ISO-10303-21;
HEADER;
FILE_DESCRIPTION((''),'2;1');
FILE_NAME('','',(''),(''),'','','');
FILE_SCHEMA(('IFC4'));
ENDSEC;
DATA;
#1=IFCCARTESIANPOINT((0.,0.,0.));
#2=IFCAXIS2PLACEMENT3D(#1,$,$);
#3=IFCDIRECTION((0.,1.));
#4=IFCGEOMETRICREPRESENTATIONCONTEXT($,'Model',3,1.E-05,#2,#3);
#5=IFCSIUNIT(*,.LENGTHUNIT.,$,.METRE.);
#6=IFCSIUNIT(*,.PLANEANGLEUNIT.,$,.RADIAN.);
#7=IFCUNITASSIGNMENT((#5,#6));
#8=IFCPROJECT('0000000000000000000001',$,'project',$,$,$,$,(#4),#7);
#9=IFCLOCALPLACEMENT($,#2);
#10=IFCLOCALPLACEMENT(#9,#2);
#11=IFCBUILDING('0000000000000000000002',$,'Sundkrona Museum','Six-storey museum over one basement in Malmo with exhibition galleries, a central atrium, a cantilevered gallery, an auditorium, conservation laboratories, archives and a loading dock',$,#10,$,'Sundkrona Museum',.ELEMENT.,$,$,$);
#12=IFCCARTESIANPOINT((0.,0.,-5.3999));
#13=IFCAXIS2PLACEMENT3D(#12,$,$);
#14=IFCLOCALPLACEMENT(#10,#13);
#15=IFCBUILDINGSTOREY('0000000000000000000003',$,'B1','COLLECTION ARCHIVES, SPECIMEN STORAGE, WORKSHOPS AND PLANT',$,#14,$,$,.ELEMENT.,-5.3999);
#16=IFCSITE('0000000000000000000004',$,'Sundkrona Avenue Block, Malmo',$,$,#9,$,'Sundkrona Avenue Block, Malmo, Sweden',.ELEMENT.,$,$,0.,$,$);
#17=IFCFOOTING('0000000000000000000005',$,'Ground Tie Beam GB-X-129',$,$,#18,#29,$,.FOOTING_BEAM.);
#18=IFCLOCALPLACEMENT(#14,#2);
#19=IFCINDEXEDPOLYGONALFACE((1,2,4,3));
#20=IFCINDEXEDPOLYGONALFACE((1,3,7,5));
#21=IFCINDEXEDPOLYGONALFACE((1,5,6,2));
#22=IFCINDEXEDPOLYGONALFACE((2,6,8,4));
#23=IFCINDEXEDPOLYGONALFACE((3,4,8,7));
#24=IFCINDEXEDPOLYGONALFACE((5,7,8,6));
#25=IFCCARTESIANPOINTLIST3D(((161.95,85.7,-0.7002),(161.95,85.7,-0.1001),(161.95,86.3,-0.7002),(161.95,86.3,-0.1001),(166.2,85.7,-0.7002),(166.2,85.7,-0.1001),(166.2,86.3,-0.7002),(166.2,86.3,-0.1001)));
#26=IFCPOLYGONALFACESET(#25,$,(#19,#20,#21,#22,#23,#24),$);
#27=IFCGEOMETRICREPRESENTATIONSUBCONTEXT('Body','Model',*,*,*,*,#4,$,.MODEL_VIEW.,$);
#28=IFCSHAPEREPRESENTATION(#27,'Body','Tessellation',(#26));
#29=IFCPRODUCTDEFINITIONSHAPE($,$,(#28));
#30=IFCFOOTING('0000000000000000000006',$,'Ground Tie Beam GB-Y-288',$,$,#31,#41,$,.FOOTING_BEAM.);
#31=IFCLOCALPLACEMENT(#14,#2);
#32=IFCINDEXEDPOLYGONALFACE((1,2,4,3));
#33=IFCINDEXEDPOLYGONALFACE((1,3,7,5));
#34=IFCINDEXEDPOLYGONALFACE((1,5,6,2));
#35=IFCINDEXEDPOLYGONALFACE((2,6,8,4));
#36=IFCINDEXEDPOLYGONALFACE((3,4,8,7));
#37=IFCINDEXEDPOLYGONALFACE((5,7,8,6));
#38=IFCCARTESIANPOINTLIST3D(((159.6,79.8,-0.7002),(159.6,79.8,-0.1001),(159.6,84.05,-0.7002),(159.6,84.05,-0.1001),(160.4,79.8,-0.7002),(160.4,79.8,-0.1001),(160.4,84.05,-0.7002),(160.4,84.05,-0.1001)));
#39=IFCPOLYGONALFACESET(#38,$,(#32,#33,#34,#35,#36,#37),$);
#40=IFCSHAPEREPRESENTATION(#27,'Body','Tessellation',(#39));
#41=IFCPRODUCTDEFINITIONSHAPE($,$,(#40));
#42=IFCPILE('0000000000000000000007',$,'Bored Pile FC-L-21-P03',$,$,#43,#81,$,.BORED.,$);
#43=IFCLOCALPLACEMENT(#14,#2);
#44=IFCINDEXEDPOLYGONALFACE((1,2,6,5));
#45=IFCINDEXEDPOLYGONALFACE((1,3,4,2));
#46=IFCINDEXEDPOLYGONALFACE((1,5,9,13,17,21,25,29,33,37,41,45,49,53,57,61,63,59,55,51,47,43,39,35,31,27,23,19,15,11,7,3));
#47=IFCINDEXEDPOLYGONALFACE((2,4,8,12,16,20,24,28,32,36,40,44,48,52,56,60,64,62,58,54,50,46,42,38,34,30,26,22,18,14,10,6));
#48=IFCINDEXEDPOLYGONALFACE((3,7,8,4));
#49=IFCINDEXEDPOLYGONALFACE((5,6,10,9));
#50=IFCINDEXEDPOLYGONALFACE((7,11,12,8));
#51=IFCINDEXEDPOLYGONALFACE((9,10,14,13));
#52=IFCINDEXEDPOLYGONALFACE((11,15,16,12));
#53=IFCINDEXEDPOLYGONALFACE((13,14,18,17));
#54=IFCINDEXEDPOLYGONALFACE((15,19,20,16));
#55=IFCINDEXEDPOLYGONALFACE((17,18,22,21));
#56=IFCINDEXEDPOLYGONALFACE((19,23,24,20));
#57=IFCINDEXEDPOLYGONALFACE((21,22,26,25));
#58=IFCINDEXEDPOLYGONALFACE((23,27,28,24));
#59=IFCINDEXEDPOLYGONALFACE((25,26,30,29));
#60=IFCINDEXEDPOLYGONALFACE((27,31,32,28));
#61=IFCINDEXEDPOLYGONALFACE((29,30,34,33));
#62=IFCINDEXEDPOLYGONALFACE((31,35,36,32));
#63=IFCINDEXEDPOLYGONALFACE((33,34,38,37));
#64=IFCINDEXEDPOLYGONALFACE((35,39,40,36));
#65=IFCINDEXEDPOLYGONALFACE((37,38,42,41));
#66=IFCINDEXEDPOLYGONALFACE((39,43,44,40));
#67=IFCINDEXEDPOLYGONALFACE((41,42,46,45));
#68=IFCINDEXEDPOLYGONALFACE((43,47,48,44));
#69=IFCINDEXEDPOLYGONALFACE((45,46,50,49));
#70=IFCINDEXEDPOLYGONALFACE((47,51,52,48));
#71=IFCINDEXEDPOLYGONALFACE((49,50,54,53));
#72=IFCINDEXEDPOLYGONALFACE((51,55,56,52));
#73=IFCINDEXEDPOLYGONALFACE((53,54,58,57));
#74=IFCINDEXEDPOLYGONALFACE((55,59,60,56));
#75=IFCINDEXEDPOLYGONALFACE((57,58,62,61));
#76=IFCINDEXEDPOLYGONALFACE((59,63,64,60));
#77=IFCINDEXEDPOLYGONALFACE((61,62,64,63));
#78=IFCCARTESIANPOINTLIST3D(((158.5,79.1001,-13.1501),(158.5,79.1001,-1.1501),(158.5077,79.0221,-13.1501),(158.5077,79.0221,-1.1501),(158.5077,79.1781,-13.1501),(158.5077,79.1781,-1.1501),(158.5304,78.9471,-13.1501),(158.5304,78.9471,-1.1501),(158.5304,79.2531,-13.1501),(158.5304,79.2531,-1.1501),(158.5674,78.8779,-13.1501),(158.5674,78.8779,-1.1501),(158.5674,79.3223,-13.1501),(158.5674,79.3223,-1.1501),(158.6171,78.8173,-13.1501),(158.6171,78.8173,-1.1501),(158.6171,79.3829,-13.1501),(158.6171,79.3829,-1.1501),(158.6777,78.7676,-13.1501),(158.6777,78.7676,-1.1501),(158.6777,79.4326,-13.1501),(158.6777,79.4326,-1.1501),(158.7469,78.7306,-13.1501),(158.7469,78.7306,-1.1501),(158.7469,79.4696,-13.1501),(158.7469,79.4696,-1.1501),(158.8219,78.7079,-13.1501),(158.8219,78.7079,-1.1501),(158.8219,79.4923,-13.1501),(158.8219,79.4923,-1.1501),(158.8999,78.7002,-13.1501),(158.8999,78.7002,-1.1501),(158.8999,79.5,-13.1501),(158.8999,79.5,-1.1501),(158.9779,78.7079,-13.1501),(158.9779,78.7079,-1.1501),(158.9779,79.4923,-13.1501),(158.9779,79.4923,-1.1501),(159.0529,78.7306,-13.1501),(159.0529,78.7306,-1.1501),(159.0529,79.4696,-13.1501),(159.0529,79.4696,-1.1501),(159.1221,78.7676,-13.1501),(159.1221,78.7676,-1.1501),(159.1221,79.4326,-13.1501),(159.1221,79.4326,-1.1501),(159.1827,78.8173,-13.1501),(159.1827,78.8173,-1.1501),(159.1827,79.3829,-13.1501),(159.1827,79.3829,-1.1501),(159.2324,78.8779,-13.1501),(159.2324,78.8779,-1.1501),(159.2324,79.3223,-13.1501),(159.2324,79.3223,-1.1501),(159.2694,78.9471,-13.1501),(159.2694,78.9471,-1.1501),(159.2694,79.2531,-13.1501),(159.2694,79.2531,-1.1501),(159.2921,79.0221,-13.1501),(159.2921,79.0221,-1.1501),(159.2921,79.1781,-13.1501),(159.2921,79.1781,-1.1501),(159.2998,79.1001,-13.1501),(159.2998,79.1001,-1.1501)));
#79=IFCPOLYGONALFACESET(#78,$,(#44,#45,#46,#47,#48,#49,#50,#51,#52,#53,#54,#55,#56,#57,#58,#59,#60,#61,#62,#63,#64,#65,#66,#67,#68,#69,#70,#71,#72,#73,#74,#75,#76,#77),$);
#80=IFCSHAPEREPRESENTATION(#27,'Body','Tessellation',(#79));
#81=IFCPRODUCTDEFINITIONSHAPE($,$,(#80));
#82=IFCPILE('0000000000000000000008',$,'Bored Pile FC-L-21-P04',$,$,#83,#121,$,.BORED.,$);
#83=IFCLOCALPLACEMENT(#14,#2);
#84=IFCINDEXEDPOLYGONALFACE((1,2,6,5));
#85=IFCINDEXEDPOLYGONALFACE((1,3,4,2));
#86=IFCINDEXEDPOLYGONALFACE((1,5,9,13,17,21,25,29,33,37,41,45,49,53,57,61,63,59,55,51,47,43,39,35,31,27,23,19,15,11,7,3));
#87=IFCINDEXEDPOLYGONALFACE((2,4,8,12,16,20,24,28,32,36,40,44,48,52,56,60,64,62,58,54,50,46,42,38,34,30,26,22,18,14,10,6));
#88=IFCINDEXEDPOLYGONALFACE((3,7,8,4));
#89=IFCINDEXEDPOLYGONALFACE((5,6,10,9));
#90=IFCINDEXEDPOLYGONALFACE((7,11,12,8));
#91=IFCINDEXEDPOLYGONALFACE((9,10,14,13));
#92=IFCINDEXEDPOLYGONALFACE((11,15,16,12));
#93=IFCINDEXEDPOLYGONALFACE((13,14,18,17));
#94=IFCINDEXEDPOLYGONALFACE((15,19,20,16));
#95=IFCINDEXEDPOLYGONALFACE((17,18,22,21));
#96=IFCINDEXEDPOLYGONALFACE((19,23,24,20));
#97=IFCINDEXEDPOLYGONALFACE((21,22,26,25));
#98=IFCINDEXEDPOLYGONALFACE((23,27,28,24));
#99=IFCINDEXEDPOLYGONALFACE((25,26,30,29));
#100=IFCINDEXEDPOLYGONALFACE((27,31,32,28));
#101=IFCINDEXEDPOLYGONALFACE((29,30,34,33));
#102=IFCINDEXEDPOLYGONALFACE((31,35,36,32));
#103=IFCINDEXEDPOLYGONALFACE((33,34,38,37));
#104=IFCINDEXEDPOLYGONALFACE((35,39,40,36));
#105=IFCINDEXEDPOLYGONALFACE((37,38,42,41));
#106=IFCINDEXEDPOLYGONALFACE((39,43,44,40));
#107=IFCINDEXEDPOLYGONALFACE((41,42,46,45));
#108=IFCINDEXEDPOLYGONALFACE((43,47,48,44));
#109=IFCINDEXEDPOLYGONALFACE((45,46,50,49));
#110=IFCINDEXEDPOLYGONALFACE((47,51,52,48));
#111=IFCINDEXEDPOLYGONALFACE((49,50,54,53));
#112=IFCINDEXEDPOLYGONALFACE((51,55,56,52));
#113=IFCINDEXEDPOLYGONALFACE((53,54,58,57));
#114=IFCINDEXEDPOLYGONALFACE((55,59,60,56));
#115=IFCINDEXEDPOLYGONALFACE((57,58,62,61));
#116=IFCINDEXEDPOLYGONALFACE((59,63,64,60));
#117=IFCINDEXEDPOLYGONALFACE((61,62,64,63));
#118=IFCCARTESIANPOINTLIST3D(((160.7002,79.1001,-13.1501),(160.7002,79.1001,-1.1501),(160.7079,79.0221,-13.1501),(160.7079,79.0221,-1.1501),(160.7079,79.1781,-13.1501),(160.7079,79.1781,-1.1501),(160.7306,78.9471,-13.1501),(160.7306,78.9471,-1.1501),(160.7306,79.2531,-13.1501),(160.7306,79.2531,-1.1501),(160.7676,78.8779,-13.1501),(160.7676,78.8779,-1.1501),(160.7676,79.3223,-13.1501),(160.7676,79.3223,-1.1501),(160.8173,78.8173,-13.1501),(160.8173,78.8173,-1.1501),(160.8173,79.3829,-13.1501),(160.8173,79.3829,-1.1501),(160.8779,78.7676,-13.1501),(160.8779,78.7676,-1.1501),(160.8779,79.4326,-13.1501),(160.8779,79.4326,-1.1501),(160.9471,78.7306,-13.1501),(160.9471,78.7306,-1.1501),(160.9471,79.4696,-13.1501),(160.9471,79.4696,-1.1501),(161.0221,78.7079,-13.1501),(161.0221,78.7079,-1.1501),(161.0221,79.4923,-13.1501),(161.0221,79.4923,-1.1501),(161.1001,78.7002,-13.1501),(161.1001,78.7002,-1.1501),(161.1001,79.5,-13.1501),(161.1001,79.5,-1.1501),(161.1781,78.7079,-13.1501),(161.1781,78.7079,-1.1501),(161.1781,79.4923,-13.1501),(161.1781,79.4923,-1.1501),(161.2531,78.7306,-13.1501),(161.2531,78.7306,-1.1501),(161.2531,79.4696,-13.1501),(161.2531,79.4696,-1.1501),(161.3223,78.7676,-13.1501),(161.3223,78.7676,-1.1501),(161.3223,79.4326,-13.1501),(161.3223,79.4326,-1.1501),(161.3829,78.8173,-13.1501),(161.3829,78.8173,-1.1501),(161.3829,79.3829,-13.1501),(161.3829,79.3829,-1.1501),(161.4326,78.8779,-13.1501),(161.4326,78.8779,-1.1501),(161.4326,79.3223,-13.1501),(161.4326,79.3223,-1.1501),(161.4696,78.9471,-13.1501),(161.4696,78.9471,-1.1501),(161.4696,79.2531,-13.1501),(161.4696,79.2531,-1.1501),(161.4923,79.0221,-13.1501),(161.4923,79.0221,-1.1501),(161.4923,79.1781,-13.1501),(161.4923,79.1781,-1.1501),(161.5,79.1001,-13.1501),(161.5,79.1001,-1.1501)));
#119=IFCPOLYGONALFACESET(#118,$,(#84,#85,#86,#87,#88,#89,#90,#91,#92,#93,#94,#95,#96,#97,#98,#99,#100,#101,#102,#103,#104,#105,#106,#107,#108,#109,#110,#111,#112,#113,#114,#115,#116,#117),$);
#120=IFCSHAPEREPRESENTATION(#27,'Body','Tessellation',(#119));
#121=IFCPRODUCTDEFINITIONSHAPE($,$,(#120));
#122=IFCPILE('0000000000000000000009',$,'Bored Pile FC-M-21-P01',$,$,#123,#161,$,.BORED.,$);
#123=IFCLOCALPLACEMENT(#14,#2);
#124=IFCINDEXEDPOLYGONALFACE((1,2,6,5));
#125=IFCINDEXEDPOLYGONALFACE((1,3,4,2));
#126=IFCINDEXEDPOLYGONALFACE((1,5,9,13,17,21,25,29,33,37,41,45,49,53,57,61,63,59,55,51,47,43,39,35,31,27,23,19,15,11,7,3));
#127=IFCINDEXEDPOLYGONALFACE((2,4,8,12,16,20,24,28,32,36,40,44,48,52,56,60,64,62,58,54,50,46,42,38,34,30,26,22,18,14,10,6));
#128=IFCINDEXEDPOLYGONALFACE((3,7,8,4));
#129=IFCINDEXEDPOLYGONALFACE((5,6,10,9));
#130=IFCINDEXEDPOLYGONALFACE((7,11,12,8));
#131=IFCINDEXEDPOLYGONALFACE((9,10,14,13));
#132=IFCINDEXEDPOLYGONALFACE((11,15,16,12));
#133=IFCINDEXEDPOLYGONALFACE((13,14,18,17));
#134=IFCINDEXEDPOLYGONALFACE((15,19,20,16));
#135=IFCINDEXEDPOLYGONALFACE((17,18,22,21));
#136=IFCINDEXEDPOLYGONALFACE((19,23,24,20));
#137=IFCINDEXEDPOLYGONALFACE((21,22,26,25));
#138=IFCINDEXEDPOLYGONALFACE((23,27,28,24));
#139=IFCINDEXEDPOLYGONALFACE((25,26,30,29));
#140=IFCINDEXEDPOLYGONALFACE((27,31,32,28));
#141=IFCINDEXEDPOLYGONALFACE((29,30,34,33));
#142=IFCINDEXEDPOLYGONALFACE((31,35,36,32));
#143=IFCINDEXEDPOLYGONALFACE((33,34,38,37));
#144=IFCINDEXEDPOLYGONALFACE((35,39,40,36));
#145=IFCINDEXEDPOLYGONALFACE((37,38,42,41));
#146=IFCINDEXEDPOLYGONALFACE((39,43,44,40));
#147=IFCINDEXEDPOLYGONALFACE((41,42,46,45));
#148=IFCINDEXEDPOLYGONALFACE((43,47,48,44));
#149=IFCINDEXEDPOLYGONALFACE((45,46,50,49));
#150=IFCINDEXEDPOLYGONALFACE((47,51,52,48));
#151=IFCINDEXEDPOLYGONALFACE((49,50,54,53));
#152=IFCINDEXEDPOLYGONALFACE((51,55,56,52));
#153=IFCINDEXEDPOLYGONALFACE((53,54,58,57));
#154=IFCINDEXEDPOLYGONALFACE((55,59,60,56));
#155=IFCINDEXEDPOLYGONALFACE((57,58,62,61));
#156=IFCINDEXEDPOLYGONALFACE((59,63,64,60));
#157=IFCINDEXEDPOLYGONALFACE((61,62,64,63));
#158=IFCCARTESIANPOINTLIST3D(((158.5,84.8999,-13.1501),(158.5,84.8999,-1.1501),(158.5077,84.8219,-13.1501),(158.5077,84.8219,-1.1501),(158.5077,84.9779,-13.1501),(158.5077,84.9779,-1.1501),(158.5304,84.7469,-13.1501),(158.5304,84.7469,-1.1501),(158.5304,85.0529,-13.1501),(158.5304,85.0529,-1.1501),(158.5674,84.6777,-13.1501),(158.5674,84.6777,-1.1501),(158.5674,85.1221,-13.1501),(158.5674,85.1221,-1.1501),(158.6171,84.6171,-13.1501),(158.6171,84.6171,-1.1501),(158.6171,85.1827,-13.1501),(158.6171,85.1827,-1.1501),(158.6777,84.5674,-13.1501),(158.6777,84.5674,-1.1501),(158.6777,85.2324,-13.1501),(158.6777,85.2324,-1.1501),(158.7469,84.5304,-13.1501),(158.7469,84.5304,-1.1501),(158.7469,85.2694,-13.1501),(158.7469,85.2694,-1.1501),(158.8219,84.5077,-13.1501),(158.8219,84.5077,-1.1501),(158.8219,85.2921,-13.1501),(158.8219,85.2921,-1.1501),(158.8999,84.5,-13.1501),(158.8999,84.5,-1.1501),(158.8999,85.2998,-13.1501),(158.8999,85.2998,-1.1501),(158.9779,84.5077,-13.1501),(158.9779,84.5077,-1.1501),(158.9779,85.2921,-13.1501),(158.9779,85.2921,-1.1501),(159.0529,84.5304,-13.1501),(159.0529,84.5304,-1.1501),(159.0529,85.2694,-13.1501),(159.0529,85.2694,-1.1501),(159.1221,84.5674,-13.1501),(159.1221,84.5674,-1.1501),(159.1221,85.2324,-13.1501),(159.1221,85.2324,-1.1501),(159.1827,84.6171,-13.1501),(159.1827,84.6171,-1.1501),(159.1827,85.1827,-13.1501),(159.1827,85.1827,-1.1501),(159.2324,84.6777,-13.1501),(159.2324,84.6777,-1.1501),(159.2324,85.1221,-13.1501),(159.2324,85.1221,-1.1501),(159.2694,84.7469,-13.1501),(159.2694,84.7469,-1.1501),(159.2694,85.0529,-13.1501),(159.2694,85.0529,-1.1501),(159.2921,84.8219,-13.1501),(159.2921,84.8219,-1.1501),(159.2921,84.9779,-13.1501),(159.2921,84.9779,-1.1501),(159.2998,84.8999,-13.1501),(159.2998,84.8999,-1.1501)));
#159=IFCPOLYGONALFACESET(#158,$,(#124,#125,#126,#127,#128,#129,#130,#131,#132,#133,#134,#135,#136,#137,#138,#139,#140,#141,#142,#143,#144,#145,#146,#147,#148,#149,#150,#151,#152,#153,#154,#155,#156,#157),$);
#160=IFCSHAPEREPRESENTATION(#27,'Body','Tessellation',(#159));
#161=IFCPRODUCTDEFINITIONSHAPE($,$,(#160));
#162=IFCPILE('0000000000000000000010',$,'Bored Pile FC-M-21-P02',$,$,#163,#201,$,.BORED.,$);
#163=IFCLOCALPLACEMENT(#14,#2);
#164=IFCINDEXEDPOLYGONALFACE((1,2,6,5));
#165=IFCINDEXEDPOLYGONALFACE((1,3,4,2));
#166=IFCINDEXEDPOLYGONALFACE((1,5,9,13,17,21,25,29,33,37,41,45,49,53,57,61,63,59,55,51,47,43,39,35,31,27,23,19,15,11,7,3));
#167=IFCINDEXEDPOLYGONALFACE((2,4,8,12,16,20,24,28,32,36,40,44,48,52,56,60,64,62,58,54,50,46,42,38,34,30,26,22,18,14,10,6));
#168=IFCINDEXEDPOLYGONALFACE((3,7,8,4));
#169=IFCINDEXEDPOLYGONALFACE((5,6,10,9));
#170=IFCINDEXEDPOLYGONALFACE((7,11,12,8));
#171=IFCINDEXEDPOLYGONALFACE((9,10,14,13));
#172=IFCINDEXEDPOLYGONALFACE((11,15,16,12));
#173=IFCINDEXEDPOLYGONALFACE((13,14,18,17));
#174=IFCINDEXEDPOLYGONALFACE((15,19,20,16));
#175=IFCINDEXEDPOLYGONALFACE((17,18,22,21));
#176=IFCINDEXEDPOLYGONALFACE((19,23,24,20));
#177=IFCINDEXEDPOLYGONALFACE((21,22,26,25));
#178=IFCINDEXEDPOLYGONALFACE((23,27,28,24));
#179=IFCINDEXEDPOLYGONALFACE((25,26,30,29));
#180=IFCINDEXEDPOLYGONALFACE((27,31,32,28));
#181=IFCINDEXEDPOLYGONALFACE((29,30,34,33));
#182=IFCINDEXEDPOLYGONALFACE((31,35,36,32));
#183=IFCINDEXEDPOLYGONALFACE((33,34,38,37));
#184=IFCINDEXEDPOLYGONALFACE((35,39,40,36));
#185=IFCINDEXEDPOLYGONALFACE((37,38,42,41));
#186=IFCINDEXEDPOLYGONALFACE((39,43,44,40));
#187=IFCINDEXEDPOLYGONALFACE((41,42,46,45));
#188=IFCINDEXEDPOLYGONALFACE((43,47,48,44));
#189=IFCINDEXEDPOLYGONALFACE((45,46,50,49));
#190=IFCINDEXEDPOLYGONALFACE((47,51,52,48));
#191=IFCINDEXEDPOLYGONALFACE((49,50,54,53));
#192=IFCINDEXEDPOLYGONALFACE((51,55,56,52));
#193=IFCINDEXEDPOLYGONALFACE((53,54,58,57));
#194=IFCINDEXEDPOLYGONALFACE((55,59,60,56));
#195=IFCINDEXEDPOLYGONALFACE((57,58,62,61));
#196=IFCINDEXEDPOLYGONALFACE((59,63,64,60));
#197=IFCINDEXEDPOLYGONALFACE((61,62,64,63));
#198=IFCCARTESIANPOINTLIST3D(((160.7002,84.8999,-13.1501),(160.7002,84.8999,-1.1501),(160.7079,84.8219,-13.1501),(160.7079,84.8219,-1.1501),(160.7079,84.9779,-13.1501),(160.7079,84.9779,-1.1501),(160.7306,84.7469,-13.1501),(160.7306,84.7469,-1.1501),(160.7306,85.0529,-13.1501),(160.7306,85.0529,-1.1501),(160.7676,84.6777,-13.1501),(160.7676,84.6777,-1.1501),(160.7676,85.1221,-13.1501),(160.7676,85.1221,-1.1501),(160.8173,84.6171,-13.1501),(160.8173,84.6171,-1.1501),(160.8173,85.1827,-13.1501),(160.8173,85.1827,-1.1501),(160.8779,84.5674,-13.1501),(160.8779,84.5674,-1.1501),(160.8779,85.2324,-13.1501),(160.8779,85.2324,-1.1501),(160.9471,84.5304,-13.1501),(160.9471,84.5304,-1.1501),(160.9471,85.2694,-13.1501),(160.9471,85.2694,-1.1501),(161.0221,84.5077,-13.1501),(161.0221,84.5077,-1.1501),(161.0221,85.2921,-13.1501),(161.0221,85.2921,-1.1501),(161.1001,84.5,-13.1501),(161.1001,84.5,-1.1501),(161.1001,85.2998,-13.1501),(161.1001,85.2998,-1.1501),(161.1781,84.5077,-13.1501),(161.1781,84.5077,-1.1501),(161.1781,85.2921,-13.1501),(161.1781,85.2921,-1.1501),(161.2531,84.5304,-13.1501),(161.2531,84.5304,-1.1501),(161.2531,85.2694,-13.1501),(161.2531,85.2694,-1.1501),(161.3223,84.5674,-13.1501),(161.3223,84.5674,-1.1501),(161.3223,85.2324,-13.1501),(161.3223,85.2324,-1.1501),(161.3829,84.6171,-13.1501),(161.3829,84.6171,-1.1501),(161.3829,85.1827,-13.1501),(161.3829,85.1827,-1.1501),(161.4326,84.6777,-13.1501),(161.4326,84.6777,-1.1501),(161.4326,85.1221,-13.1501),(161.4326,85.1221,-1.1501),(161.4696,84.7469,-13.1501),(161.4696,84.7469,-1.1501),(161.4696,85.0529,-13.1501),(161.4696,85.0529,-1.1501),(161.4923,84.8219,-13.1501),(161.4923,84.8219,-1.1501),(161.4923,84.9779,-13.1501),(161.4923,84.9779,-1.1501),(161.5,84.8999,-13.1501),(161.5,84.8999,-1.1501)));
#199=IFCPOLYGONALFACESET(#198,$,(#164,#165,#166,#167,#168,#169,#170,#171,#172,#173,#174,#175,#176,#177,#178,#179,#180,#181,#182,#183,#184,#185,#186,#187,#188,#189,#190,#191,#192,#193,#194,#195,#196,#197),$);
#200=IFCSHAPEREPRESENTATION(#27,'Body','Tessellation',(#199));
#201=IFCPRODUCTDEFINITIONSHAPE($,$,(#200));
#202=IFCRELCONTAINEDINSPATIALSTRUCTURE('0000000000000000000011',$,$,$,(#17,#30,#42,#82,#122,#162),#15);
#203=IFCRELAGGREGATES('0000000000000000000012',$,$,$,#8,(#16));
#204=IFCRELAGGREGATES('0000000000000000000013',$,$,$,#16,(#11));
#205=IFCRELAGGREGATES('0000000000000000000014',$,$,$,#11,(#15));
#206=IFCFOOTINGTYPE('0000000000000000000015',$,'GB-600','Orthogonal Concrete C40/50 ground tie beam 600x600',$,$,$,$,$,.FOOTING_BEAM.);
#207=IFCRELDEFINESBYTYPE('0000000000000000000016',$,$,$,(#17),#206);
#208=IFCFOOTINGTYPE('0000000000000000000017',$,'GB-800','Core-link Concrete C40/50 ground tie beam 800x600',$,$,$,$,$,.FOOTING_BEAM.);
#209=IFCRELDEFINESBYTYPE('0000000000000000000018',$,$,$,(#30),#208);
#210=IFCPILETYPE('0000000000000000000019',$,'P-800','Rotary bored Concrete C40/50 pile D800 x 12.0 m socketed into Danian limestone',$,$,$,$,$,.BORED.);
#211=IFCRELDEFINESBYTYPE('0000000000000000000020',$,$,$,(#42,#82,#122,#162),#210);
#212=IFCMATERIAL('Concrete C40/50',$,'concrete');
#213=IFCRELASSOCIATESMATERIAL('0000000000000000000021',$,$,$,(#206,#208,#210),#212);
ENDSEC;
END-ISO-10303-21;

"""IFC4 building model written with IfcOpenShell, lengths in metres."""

from ifc_helpers import new_model, si_unit, direction, frame, origin, origin_2d, place, context, subcontext, project, spatial, rectangle, circle, extrude, material, material_profile, profile_set, type_object, element, save


model = new_model("IFC4")

# Units and contexts
model_context = context("Model", 3, precision=1e-05, world=origin(), true_north=direction((0.0, 1.0)))
body_context = subcontext(model_context, "Body", "Model", "MODEL_VIEW")
ifc_project = project(units=[si_unit("LENGTHUNIT", "METRE"), si_unit("PLANEANGLEUNIT", "RADIAN")], contexts=[model_context])

# Site, building, storey
site_placement = place(None, origin())
site = spatial("IfcSite", under=ifc_project, at=site_placement, Name="Sundkrona Avenue Block, Malmo", LongName="Sundkrona Avenue Block, Malmo, Sweden", CompositionType="ELEMENT", RefElevation=0.0)
building_placement = place(site_placement, origin())
building = spatial("IfcBuilding", under=site, at=building_placement, Name="Sundkrona Museum", Description="Six-storey museum over one basement in Malmo with exhibition galleries, a central atrium, a cantilevered gallery, an auditorium, conservation laboratories, archives and a loading dock", LongName="Sundkrona Museum", CompositionType="ELEMENT")
storey_placement = place(building_placement, frame((0.0, 0.0, -5.3999)))
storey = spatial("IfcBuildingStorey", under=building, at=storey_placement, Name="B1", Description="COLLECTION ARCHIVES, SPECIMEN STORAGE, WORKSHOPS AND PLANT", CompositionType="ELEMENT", Elevation=-5.3999)

# Footings
ifc_material_1 = material(Name="Concrete C40/50", Category="concrete")
footing_type_1 = type_object("IfcFootingType", Name="GB-600", Description="Orthogonal Concrete C40/50 ground tie beam 600x600", PredefinedType="FOOTING_BEAM", material=ifc_material_1)
footing_1_placement = place(storey_placement, frame((164.075, 86.0, -0.7002), z_axis=(0.0, 0.0, 1.0), x_axis=(1.0, 0.0, 0.0)))
element("IfcFooting", 1, at=footing_1_placement, inside=storey, type_object=footing_type_1, Name="Ground Tie Beam GB-X-129", PredefinedType="FOOTING_BEAM", context=body_context, shape_type="SweptSolid", body=[
    extrude(rectangle(XDim=4.25, YDim=0.6001, at=origin_2d()), origin(), (0.0, 0.0, 1.0), 0.6001),
])
footing_type_2 = type_object("IfcFootingType", Name="GB-800", Description="Core-link Concrete C40/50 ground tie beam 800x600", PredefinedType="FOOTING_BEAM", material=ifc_material_1)
footing_2_placement = place(storey_placement, frame((160.0, 81.925, -0.7002), z_axis=(0.0, 0.0, 1.0), x_axis=(0.0, 1.0, 0.0)))
element("IfcFooting", 2, at=footing_2_placement, inside=storey, type_object=footing_type_2, Name="Ground Tie Beam GB-Y-288", PredefinedType="FOOTING_BEAM", context=body_context, shape_type="SweptSolid", body=[
    extrude(rectangle(XDim=4.25, YDim=0.8, at=origin_2d()), origin(), (0.0, 0.0, 1.0), 0.6001),
])

# Piles
ifc_material_profile_1 = material_profile(ifc_material_1, circle(Radius=0.3999, at=origin_2d()), Name="PILE D800")
ifc_profile_set_1 = profile_set([ifc_material_profile_1], Name="Concrete C40/50")
pile_type = type_object("IfcPileType", Name="P-800", Description="Rotary bored Concrete C40/50 pile D800 x 12.0 m socketed into Danian limestone", PredefinedType="BORED", material=ifc_profile_set_1)
for number, where, z_axis, x_axis, name in (
    (3, (158.8999, 79.1001, -1.1501), (0.0, 0.0, -1.0), (1.0, 0.0, 0.0), "Bored Pile FC-L-21-P03"),
    (4, (161.1001, 79.1001, -1.1501), (0.0, 0.0, -1.0), (1.0, 0.0, 0.0), "Bored Pile FC-L-21-P04"),
    (5, (158.8999, 84.8999, -1.1501), (0.0, 0.0, -1.0), (1.0, 0.0, 0.0), "Bored Pile FC-M-21-P01"),
    (6, (161.1001, 84.8999, -1.1501), (0.0, 0.0, -1.0), (1.0, 0.0, 0.0), "Bored Pile FC-M-21-P02"),
):
    element("IfcPile", number, at=place(storey_placement, frame(where, z_axis=z_axis, x_axis=x_axis)), inside=storey, type_object=pile_type, Name=name, PredefinedType="BORED", context=body_context, shape_type="SweptSolid", body=[
        extrude(circle(Radius=0.3999, at=origin_2d()), origin(), (0.0, 0.0, 1.0), 12.0),
    ])

save(model, "model.ifc")
